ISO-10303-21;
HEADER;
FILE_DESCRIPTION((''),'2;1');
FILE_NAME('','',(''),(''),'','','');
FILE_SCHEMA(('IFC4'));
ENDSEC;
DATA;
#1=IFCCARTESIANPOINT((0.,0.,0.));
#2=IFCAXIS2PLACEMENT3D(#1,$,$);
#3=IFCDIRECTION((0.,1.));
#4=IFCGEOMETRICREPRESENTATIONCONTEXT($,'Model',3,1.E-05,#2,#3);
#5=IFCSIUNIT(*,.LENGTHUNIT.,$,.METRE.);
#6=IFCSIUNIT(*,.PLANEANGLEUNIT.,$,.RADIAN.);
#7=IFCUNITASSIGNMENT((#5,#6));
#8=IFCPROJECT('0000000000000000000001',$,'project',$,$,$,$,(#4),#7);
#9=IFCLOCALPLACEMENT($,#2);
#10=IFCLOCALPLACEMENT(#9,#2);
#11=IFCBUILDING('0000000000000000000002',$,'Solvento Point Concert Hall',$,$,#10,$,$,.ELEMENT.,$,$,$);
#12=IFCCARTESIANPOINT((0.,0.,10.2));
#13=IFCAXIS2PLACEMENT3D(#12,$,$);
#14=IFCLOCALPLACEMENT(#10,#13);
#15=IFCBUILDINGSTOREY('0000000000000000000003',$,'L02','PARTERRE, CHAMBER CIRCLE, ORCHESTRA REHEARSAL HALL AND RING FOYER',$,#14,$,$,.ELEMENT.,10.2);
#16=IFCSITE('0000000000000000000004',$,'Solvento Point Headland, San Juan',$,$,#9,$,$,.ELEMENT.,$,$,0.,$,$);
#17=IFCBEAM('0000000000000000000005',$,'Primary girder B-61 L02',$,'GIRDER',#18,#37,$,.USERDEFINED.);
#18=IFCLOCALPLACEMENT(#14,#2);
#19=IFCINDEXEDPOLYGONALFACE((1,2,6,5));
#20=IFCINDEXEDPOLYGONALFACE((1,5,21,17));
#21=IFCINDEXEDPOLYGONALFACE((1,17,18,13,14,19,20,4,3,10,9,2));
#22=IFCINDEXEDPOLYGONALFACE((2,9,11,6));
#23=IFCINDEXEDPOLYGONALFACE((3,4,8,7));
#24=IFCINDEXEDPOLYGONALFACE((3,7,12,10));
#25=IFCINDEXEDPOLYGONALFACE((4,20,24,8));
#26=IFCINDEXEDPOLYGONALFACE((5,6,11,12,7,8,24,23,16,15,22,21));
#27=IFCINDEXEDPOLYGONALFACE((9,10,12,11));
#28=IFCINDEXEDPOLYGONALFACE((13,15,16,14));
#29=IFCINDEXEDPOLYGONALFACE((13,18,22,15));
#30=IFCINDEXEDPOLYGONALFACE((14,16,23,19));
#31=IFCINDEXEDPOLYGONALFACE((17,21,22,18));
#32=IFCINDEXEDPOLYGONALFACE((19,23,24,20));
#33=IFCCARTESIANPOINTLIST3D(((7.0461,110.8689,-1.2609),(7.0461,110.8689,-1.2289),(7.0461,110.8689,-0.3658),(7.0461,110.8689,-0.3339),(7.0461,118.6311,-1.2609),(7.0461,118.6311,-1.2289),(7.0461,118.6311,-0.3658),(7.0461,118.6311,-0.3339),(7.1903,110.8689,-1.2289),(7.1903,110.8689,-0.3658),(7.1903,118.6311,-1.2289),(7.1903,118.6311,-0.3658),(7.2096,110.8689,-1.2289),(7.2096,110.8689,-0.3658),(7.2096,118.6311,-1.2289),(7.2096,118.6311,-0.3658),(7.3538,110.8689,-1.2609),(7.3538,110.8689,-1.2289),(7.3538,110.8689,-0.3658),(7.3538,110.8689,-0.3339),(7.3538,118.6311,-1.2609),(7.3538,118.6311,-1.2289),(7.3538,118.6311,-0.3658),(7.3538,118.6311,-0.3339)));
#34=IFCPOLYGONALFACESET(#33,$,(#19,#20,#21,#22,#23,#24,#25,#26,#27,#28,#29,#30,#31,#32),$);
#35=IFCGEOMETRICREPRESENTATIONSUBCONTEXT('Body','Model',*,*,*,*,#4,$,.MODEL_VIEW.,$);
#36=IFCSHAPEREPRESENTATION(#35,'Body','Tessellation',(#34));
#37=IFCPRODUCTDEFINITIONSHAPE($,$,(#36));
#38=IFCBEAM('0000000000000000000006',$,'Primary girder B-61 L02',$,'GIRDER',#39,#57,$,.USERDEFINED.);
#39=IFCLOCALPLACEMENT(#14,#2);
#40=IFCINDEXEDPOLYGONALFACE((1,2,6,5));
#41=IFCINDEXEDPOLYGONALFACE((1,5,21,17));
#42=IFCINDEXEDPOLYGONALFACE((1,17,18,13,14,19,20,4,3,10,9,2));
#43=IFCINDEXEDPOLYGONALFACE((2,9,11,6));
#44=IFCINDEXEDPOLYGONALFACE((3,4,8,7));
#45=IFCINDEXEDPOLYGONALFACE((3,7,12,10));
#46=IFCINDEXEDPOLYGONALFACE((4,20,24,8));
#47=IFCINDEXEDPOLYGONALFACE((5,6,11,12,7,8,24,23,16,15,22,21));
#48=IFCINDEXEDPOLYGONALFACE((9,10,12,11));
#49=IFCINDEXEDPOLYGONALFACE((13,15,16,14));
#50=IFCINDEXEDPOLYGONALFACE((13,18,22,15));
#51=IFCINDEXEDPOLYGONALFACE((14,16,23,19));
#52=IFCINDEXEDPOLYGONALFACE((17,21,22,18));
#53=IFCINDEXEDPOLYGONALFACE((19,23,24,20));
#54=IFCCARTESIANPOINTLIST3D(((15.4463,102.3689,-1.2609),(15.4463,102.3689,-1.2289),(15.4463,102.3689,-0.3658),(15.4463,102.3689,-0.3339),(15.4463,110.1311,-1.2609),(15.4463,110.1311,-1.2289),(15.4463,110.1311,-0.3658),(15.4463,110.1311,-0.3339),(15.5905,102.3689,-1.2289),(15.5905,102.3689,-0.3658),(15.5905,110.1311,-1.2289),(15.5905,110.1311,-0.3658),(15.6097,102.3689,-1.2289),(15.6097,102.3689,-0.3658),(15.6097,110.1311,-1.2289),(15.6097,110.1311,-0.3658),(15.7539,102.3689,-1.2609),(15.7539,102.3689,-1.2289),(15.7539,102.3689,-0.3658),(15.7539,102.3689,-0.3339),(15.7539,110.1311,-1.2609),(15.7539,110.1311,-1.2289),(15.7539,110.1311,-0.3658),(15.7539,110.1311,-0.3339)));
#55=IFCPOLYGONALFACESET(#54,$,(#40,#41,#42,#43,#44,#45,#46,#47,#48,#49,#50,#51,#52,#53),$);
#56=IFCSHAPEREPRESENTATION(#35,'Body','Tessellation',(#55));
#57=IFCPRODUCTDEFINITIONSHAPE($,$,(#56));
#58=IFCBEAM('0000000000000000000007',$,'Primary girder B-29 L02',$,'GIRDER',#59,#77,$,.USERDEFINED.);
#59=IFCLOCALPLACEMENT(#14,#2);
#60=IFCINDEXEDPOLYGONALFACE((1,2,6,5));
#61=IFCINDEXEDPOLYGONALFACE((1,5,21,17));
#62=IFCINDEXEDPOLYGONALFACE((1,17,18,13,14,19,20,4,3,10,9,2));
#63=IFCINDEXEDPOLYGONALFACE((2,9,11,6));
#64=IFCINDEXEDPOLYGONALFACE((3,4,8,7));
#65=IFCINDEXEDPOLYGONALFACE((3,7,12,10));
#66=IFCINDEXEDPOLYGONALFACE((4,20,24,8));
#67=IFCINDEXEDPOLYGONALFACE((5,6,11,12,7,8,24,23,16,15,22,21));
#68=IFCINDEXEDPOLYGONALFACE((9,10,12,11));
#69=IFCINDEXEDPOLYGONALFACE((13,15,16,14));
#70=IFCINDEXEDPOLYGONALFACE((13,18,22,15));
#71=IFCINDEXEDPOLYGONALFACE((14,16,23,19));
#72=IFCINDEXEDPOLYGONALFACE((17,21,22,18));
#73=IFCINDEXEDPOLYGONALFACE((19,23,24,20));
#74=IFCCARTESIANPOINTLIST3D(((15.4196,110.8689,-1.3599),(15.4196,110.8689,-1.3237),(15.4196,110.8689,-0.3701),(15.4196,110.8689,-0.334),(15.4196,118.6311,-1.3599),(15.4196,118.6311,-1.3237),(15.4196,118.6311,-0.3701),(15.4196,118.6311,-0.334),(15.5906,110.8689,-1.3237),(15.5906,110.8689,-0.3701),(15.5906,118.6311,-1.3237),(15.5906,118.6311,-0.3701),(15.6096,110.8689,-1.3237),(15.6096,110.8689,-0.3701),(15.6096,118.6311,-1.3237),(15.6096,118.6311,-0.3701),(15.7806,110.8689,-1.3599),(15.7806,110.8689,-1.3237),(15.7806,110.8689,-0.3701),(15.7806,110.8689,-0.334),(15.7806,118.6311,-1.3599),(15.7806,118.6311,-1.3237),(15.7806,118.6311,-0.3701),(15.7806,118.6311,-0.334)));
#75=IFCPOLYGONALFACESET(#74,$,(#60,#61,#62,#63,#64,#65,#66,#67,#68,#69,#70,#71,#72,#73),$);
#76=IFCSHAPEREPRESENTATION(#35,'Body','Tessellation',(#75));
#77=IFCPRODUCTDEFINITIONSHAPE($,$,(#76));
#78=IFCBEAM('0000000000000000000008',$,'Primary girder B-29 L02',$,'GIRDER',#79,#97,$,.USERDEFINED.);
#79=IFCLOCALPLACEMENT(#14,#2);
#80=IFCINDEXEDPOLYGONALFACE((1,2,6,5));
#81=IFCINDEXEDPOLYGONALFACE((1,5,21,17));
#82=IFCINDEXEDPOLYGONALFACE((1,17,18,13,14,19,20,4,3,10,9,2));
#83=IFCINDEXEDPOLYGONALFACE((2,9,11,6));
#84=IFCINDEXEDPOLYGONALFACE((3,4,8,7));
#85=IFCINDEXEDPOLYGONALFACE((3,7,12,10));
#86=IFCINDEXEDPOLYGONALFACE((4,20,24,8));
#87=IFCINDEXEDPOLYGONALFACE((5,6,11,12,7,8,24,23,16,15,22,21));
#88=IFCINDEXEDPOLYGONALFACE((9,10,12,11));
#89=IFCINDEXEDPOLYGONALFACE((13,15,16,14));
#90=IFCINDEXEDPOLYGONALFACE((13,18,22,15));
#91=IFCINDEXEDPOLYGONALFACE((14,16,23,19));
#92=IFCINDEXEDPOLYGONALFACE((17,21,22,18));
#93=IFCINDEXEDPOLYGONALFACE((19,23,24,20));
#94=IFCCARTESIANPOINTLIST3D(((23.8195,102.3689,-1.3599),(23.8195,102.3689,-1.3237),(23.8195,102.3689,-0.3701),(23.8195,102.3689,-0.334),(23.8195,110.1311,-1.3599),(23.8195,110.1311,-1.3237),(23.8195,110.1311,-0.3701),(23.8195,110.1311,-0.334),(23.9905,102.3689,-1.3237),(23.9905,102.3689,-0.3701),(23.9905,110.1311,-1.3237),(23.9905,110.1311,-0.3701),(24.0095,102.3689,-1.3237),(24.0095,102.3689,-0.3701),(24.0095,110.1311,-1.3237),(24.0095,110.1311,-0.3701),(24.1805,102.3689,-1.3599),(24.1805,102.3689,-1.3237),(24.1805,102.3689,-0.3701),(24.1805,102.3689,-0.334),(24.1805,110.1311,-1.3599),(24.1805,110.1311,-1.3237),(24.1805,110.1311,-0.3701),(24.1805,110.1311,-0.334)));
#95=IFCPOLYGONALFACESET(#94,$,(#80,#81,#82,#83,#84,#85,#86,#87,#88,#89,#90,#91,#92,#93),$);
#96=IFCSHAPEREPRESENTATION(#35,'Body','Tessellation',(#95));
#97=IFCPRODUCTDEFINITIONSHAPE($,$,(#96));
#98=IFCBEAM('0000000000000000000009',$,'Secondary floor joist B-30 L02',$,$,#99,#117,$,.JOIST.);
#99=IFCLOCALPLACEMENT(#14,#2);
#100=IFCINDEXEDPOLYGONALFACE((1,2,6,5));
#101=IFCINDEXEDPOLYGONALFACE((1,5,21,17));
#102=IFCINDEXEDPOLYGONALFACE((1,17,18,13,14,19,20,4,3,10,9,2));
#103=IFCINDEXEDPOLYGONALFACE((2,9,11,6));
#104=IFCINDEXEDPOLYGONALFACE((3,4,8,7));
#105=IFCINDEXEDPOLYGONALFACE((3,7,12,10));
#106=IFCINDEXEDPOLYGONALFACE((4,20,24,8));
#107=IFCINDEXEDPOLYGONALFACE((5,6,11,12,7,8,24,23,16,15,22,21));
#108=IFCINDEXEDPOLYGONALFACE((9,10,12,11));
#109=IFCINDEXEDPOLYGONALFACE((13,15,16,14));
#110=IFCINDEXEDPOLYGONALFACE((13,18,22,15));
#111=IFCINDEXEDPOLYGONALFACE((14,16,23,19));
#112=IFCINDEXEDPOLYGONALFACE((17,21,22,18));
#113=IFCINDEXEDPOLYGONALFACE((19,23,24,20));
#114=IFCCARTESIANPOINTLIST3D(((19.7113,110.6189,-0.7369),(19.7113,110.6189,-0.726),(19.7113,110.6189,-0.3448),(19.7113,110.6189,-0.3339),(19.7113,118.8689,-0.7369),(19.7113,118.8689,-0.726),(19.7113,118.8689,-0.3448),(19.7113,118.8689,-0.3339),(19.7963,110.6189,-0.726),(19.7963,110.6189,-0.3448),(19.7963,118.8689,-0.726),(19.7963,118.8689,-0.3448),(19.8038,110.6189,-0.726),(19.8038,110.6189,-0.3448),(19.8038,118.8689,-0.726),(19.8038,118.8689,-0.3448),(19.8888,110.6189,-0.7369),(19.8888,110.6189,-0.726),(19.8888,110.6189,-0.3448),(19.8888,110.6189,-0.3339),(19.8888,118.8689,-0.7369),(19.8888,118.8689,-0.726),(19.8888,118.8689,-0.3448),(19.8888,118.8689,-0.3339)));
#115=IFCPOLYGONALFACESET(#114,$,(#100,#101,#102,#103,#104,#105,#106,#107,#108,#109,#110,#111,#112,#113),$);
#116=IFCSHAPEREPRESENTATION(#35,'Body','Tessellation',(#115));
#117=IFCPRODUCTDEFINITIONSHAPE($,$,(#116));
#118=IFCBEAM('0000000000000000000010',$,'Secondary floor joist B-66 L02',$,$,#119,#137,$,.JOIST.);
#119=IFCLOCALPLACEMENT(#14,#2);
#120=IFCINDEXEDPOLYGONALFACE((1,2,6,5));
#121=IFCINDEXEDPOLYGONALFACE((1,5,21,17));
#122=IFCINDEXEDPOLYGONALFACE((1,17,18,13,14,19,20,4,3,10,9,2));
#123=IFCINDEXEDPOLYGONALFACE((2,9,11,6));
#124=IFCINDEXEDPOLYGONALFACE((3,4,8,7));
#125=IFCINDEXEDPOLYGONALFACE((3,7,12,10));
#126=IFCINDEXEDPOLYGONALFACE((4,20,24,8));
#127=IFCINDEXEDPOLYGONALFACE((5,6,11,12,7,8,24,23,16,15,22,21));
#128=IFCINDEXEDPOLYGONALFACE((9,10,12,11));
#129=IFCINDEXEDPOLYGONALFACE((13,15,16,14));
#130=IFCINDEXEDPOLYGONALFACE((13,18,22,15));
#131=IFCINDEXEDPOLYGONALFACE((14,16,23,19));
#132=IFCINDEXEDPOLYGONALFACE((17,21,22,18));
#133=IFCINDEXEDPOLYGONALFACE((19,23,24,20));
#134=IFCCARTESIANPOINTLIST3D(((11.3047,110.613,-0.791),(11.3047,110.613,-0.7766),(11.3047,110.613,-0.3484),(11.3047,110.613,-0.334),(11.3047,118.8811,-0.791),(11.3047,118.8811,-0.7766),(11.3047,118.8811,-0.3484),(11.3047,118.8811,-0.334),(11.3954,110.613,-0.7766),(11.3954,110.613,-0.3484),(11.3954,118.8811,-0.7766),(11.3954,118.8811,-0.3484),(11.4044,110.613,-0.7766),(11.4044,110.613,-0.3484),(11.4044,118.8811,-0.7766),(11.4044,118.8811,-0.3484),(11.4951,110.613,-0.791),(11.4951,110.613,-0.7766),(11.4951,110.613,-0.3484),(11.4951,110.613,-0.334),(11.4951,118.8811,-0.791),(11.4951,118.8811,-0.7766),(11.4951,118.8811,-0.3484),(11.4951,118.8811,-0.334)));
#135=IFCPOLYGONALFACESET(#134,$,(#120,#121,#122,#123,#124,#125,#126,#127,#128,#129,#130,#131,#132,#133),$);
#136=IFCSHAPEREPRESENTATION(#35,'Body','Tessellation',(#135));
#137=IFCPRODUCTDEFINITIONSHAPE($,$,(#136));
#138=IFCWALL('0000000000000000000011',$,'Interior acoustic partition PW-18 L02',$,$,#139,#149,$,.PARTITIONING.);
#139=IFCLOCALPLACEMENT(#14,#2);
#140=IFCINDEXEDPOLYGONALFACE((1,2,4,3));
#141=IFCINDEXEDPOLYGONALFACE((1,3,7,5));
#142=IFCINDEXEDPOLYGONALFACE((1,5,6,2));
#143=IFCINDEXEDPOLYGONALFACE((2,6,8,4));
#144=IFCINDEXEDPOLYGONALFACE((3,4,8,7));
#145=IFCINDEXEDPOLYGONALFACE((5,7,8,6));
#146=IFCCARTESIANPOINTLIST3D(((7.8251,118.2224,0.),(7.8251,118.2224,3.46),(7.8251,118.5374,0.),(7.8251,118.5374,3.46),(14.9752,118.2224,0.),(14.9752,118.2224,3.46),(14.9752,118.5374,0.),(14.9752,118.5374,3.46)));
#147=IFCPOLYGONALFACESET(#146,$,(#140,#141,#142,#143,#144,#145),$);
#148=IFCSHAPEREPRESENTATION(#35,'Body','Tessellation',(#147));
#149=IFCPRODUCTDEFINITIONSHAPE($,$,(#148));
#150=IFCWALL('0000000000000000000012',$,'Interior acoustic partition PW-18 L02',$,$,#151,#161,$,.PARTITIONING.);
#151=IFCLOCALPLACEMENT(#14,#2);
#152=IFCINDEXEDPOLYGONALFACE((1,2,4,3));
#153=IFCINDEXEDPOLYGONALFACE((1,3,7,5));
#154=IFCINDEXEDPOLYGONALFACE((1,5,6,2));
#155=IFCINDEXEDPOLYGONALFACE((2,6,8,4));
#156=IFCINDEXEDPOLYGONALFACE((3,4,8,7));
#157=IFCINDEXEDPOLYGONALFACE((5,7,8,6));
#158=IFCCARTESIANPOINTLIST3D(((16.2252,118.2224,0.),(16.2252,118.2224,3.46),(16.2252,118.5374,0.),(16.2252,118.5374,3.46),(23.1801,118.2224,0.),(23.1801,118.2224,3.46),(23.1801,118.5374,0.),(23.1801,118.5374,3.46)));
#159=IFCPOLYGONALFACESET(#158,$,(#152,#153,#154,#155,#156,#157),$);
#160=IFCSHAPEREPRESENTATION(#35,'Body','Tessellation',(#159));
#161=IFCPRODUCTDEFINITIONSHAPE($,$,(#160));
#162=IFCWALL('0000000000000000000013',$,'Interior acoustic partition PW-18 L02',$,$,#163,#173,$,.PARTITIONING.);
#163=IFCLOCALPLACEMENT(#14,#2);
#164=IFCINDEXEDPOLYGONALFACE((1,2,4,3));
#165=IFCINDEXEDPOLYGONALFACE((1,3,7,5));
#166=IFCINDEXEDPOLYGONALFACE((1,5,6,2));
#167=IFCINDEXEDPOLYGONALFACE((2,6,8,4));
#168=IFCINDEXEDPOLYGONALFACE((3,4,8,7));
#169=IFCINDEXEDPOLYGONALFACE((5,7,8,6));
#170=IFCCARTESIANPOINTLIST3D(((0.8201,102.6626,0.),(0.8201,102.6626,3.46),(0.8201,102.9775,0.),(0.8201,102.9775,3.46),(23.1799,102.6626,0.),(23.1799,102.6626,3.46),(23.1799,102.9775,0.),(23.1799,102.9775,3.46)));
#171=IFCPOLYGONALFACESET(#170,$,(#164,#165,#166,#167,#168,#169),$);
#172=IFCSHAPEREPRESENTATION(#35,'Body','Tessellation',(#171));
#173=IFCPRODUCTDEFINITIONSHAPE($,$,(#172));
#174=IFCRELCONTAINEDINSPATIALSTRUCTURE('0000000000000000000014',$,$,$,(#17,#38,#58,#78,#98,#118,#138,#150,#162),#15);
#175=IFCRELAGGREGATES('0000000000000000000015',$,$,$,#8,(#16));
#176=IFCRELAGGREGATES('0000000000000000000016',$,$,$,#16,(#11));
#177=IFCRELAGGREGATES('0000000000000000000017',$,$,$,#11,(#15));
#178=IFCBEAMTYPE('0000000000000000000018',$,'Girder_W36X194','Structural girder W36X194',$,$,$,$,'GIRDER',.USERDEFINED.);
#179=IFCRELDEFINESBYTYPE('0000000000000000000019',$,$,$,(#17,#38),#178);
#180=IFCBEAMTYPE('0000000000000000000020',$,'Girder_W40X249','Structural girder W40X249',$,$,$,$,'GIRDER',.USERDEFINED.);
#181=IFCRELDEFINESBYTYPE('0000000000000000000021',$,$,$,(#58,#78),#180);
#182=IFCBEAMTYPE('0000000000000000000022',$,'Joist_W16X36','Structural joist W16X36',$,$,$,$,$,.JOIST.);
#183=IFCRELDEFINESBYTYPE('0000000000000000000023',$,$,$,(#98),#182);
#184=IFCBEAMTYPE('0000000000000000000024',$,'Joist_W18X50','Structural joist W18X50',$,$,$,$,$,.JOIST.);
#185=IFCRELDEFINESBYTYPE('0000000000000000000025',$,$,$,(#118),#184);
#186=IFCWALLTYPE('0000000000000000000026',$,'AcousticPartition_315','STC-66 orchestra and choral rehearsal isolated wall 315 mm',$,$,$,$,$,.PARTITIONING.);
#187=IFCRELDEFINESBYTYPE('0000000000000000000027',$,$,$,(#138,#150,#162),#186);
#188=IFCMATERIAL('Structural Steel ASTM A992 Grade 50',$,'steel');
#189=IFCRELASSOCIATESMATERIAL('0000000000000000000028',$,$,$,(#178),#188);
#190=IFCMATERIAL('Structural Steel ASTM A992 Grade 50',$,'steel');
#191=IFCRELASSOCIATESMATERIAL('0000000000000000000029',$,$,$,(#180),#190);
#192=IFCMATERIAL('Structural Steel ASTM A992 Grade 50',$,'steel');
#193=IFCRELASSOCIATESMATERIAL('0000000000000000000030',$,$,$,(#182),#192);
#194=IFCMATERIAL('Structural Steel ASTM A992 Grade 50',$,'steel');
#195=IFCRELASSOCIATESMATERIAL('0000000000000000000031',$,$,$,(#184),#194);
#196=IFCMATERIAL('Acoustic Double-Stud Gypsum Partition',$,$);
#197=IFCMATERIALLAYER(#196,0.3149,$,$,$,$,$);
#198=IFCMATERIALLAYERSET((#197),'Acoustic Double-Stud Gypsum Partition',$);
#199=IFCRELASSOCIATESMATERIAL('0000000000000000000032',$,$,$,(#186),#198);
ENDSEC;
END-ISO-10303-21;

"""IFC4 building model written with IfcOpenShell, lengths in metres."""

from ifc_helpers import new_model, si_unit, direction, frame, frame_2d, origin, origin_2d, place, context, subcontext, project, spatial, rectangle, i_section, extrude, material, layer, layer_set, material_profile, profile_set, type_object, element, save


model = new_model("IFC4")

# Units and contexts
model_context = context("Model", 3, precision=1e-05, world=origin(), true_north=direction((0.0, 1.0)))
body_context = subcontext(model_context, "Body", "Model", "MODEL_VIEW")
ifc_project = project(units=[si_unit("LENGTHUNIT", "METRE"), si_unit("PLANEANGLEUNIT", "RADIAN")], contexts=[model_context])

# Site, building, storey
site_placement = place(None, origin())
site = spatial("IfcSite", under=ifc_project, at=site_placement, Name="Solvento Point Headland, San Juan", CompositionType="ELEMENT", RefElevation=0.0)
building_placement = place(site_placement, origin())
building = spatial("IfcBuilding", under=site, at=building_placement, Name="Solvento Point Concert Hall", CompositionType="ELEMENT")
storey_placement = place(building_placement, frame((0.0, 0.0, 10.2)))
storey = spatial("IfcBuildingStorey", under=building, at=storey_placement, Name="L02", Description="PARTERRE, CHAMBER CIRCLE, ORCHESTRA REHEARSAL HALL AND RING FOYER", CompositionType="ELEMENT", Elevation=10.2)

# Beams
ifc_material_1 = material(Name="Structural Steel ASTM A992 Grade 50", Category="steel")
ifc_material_profile_1 = material_profile(ifc_material_1, i_section(OverallWidth=0.3076, OverallDepth=0.927, WebThickness=0.0193, FlangeThickness=0.032, at=origin_2d()), Name="W36X194")
ifc_profile_set_1 = profile_set([ifc_material_profile_1], Name="Structural Steel ASTM A992 Grade 50")
beam_type_1 = type_object("IfcBeamType", Name="Girder_W36X194", Description="Structural girder W36X194", ElementType="GIRDER", PredefinedType="USERDEFINED", material=ifc_profile_set_1)
for number, where, z_axis, x_axis, name in (
    (1, (7.2, 110.8689, -0.7974), (0.0, 1.0, 0.0), (-1.0, 0.0, 0.0), "Primary girder B-61 L02"),
    (2, (15.6001, 102.3689, -0.7974), (0.0, 1.0, 0.0), (-1.0, 0.0, 0.0), "Primary girder B-61 L02"),
):
    element("IfcBeam", number, at=place(storey_placement, frame(where, z_axis=z_axis, x_axis=x_axis)), inside=storey, type_object=beam_type_1, Name=name, ObjectType="GIRDER", PredefinedType="USERDEFINED", context=body_context, shape_type="SweptSolid", body=[
        extrude(i_section(OverallWidth=0.3076, OverallDepth=0.927, WebThickness=0.0193, FlangeThickness=0.032, at=origin_2d()), origin(), (0.0, 0.0, 1.0), 7.7622),
    ])
ifc_material_2 = material(Name="Structural Steel ASTM A992 Grade 50", Category="steel")
ifc_material_profile_2 = material_profile(ifc_material_2, i_section(OverallWidth=0.3611, OverallDepth=1.0259, WebThickness=0.019, FlangeThickness=0.0361, at=origin_2d()), Name="W40X249")
ifc_profile_set_2 = profile_set([ifc_material_profile_2], Name="Structural Steel ASTM A992 Grade 50")
beam_type_2 = type_object("IfcBeamType", Name="Girder_W40X249", Description="Structural girder W40X249", ElementType="GIRDER", PredefinedType="USERDEFINED", material=ifc_profile_set_2)
for number, where, z_axis, x_axis, name in (
    (3, (15.6001, 110.8689, -0.8469), (0.0, 1.0, 0.0), (-1.0, 0.0, 0.0), "Primary girder B-29 L02"),
    (4, (24.0, 102.3689, -0.8469), (0.0, 1.0, 0.0), (-1.0, 0.0, 0.0), "Primary girder B-29 L02"),
):
    element("IfcBeam", number, at=place(storey_placement, frame(where, z_axis=z_axis, x_axis=x_axis)), inside=storey, type_object=beam_type_2, Name=name, ObjectType="GIRDER", PredefinedType="USERDEFINED", context=body_context, shape_type="SweptSolid", body=[
        extrude(i_section(OverallWidth=0.3611, OverallDepth=1.0259, WebThickness=0.019, FlangeThickness=0.0361, at=origin_2d()), origin(), (0.0, 0.0, 1.0), 7.7622),
    ])
ifc_material_3 = material(Name="Structural Steel ASTM A992 Grade 50", Category="steel")
ifc_material_profile_3 = material_profile(ifc_material_3, i_section(OverallWidth=0.1775, OverallDepth=0.4031, WebThickness=0.0076, FlangeThickness=0.011, at=origin_2d()), Name="W16X36")
ifc_profile_set_3 = profile_set([ifc_material_profile_3], Name="Structural Steel ASTM A992 Grade 50")
beam_type_3 = type_object("IfcBeamType", Name="Joist_W16X36", Description="Structural joist W16X36", PredefinedType="JOIST", material=ifc_profile_set_3)
beam_1_placement = place(storey_placement, frame((19.8, 110.6189, -0.5354), z_axis=(0.0, 1.0, 0.0), x_axis=(-1.0, 0.0, 0.0)))
element("IfcBeam", 5, at=beam_1_placement, inside=storey, type_object=beam_type_3, Name="Secondary floor joist B-30 L02", PredefinedType="JOIST", context=body_context, shape_type="SweptSolid", body=[
    extrude(i_section(OverallWidth=0.1775, OverallDepth=0.4031, WebThickness=0.0076, FlangeThickness=0.011, at=origin_2d()), origin(), (0.0, 0.0, 1.0), 8.25),
])
ifc_material_4 = material(Name="Structural Steel ASTM A992 Grade 50", Category="steel")
ifc_material_profile_4 = material_profile(ifc_material_4, i_section(OverallWidth=0.1904, OverallDepth=0.457, WebThickness=0.009, FlangeThickness=0.0144, at=origin_2d()), Name="W18X50")
ifc_profile_set_4 = profile_set([ifc_material_profile_4], Name="Structural Steel ASTM A992 Grade 50")
beam_type_4 = type_object("IfcBeamType", Name="Joist_W18X50", Description="Structural joist W18X50", PredefinedType="JOIST", material=ifc_profile_set_4)
beam_2_placement = place(storey_placement, frame((11.3999, 110.613, -0.5625), z_axis=(0.0, 1.0, 0.0), x_axis=(-1.0, 0.0, 0.0)))
element("IfcBeam", 6, at=beam_2_placement, inside=storey, type_object=beam_type_4, Name="Secondary floor joist B-66 L02", PredefinedType="JOIST", context=body_context, shape_type="SweptSolid", body=[
    extrude(i_section(OverallWidth=0.1904, OverallDepth=0.457, WebThickness=0.009, FlangeThickness=0.0144, at=origin_2d()), origin(), (0.0, 0.0, 1.0), 8.2681),
])

# Shared definitions
ifc_material_5 = material(Name="Acoustic Double-Stud Gypsum Partition")
ifc_layer_1 = layer(ifc_material_5, 0.3149)
ifc_layer_set_1 = layer_set([ifc_layer_1], Name="Acoustic Double-Stud Gypsum Partition")
wall_type_1 = type_object("IfcWallType", Name="AcousticPartition_315", Description="STC-66 orchestra and choral rehearsal isolated wall 315 mm", PredefinedType="PARTITIONING", material=ifc_layer_set_1)

# Walls
wall_1_placement = place(storey_placement, frame((7.825, 118.3799, 0.0), z_axis=(0.0, 0.0, 1.0), x_axis=(1.0, 0.0, 0.0)))
element("IfcWall", 7, at=wall_1_placement, inside=storey, type_object=wall_type_1, Name="Interior acoustic partition PW-18 L02", PredefinedType="PARTITIONING", context=body_context, shape_type="SweptSolid", body=[
    extrude(rectangle(XDim=7.1501, YDim=0.3149, at=frame_2d((3.5752, 0.0))), origin(), (0.0, 0.0, 1.0), 3.46),
])
wall_2_placement = place(storey_placement, frame((16.2251, 118.3799, 0.0), z_axis=(0.0, 0.0, 1.0), x_axis=(1.0, 0.0, 0.0)))
element("IfcWall", 8, at=wall_2_placement, inside=storey, type_object=wall_type_1, Name="Interior acoustic partition PW-18 L02", PredefinedType="PARTITIONING", context=body_context, shape_type="SweptSolid", body=[
    extrude(rectangle(XDim=6.9548, YDim=0.3149, at=frame_2d((3.4775, 0.0))), origin(), (0.0, 0.0, 1.0), 3.46),
])
wall_3_placement = place(storey_placement, frame((23.1799, 102.8201, 0.0), z_axis=(0.0, 0.0, 1.0), x_axis=(-1.0, 0.0, 0.0)))
element("IfcWall", 9, at=wall_3_placement, inside=storey, type_object=wall_type_1, Name="Interior acoustic partition PW-18 L02", PredefinedType="PARTITIONING", context=body_context, shape_type="SweptSolid", body=[
    extrude(rectangle(XDim=22.3599, YDim=0.3149, at=frame_2d((11.1799, 0.0))), origin(), (0.0, 0.0, 1.0), 3.46),
])

save(model, "model.ifc")
